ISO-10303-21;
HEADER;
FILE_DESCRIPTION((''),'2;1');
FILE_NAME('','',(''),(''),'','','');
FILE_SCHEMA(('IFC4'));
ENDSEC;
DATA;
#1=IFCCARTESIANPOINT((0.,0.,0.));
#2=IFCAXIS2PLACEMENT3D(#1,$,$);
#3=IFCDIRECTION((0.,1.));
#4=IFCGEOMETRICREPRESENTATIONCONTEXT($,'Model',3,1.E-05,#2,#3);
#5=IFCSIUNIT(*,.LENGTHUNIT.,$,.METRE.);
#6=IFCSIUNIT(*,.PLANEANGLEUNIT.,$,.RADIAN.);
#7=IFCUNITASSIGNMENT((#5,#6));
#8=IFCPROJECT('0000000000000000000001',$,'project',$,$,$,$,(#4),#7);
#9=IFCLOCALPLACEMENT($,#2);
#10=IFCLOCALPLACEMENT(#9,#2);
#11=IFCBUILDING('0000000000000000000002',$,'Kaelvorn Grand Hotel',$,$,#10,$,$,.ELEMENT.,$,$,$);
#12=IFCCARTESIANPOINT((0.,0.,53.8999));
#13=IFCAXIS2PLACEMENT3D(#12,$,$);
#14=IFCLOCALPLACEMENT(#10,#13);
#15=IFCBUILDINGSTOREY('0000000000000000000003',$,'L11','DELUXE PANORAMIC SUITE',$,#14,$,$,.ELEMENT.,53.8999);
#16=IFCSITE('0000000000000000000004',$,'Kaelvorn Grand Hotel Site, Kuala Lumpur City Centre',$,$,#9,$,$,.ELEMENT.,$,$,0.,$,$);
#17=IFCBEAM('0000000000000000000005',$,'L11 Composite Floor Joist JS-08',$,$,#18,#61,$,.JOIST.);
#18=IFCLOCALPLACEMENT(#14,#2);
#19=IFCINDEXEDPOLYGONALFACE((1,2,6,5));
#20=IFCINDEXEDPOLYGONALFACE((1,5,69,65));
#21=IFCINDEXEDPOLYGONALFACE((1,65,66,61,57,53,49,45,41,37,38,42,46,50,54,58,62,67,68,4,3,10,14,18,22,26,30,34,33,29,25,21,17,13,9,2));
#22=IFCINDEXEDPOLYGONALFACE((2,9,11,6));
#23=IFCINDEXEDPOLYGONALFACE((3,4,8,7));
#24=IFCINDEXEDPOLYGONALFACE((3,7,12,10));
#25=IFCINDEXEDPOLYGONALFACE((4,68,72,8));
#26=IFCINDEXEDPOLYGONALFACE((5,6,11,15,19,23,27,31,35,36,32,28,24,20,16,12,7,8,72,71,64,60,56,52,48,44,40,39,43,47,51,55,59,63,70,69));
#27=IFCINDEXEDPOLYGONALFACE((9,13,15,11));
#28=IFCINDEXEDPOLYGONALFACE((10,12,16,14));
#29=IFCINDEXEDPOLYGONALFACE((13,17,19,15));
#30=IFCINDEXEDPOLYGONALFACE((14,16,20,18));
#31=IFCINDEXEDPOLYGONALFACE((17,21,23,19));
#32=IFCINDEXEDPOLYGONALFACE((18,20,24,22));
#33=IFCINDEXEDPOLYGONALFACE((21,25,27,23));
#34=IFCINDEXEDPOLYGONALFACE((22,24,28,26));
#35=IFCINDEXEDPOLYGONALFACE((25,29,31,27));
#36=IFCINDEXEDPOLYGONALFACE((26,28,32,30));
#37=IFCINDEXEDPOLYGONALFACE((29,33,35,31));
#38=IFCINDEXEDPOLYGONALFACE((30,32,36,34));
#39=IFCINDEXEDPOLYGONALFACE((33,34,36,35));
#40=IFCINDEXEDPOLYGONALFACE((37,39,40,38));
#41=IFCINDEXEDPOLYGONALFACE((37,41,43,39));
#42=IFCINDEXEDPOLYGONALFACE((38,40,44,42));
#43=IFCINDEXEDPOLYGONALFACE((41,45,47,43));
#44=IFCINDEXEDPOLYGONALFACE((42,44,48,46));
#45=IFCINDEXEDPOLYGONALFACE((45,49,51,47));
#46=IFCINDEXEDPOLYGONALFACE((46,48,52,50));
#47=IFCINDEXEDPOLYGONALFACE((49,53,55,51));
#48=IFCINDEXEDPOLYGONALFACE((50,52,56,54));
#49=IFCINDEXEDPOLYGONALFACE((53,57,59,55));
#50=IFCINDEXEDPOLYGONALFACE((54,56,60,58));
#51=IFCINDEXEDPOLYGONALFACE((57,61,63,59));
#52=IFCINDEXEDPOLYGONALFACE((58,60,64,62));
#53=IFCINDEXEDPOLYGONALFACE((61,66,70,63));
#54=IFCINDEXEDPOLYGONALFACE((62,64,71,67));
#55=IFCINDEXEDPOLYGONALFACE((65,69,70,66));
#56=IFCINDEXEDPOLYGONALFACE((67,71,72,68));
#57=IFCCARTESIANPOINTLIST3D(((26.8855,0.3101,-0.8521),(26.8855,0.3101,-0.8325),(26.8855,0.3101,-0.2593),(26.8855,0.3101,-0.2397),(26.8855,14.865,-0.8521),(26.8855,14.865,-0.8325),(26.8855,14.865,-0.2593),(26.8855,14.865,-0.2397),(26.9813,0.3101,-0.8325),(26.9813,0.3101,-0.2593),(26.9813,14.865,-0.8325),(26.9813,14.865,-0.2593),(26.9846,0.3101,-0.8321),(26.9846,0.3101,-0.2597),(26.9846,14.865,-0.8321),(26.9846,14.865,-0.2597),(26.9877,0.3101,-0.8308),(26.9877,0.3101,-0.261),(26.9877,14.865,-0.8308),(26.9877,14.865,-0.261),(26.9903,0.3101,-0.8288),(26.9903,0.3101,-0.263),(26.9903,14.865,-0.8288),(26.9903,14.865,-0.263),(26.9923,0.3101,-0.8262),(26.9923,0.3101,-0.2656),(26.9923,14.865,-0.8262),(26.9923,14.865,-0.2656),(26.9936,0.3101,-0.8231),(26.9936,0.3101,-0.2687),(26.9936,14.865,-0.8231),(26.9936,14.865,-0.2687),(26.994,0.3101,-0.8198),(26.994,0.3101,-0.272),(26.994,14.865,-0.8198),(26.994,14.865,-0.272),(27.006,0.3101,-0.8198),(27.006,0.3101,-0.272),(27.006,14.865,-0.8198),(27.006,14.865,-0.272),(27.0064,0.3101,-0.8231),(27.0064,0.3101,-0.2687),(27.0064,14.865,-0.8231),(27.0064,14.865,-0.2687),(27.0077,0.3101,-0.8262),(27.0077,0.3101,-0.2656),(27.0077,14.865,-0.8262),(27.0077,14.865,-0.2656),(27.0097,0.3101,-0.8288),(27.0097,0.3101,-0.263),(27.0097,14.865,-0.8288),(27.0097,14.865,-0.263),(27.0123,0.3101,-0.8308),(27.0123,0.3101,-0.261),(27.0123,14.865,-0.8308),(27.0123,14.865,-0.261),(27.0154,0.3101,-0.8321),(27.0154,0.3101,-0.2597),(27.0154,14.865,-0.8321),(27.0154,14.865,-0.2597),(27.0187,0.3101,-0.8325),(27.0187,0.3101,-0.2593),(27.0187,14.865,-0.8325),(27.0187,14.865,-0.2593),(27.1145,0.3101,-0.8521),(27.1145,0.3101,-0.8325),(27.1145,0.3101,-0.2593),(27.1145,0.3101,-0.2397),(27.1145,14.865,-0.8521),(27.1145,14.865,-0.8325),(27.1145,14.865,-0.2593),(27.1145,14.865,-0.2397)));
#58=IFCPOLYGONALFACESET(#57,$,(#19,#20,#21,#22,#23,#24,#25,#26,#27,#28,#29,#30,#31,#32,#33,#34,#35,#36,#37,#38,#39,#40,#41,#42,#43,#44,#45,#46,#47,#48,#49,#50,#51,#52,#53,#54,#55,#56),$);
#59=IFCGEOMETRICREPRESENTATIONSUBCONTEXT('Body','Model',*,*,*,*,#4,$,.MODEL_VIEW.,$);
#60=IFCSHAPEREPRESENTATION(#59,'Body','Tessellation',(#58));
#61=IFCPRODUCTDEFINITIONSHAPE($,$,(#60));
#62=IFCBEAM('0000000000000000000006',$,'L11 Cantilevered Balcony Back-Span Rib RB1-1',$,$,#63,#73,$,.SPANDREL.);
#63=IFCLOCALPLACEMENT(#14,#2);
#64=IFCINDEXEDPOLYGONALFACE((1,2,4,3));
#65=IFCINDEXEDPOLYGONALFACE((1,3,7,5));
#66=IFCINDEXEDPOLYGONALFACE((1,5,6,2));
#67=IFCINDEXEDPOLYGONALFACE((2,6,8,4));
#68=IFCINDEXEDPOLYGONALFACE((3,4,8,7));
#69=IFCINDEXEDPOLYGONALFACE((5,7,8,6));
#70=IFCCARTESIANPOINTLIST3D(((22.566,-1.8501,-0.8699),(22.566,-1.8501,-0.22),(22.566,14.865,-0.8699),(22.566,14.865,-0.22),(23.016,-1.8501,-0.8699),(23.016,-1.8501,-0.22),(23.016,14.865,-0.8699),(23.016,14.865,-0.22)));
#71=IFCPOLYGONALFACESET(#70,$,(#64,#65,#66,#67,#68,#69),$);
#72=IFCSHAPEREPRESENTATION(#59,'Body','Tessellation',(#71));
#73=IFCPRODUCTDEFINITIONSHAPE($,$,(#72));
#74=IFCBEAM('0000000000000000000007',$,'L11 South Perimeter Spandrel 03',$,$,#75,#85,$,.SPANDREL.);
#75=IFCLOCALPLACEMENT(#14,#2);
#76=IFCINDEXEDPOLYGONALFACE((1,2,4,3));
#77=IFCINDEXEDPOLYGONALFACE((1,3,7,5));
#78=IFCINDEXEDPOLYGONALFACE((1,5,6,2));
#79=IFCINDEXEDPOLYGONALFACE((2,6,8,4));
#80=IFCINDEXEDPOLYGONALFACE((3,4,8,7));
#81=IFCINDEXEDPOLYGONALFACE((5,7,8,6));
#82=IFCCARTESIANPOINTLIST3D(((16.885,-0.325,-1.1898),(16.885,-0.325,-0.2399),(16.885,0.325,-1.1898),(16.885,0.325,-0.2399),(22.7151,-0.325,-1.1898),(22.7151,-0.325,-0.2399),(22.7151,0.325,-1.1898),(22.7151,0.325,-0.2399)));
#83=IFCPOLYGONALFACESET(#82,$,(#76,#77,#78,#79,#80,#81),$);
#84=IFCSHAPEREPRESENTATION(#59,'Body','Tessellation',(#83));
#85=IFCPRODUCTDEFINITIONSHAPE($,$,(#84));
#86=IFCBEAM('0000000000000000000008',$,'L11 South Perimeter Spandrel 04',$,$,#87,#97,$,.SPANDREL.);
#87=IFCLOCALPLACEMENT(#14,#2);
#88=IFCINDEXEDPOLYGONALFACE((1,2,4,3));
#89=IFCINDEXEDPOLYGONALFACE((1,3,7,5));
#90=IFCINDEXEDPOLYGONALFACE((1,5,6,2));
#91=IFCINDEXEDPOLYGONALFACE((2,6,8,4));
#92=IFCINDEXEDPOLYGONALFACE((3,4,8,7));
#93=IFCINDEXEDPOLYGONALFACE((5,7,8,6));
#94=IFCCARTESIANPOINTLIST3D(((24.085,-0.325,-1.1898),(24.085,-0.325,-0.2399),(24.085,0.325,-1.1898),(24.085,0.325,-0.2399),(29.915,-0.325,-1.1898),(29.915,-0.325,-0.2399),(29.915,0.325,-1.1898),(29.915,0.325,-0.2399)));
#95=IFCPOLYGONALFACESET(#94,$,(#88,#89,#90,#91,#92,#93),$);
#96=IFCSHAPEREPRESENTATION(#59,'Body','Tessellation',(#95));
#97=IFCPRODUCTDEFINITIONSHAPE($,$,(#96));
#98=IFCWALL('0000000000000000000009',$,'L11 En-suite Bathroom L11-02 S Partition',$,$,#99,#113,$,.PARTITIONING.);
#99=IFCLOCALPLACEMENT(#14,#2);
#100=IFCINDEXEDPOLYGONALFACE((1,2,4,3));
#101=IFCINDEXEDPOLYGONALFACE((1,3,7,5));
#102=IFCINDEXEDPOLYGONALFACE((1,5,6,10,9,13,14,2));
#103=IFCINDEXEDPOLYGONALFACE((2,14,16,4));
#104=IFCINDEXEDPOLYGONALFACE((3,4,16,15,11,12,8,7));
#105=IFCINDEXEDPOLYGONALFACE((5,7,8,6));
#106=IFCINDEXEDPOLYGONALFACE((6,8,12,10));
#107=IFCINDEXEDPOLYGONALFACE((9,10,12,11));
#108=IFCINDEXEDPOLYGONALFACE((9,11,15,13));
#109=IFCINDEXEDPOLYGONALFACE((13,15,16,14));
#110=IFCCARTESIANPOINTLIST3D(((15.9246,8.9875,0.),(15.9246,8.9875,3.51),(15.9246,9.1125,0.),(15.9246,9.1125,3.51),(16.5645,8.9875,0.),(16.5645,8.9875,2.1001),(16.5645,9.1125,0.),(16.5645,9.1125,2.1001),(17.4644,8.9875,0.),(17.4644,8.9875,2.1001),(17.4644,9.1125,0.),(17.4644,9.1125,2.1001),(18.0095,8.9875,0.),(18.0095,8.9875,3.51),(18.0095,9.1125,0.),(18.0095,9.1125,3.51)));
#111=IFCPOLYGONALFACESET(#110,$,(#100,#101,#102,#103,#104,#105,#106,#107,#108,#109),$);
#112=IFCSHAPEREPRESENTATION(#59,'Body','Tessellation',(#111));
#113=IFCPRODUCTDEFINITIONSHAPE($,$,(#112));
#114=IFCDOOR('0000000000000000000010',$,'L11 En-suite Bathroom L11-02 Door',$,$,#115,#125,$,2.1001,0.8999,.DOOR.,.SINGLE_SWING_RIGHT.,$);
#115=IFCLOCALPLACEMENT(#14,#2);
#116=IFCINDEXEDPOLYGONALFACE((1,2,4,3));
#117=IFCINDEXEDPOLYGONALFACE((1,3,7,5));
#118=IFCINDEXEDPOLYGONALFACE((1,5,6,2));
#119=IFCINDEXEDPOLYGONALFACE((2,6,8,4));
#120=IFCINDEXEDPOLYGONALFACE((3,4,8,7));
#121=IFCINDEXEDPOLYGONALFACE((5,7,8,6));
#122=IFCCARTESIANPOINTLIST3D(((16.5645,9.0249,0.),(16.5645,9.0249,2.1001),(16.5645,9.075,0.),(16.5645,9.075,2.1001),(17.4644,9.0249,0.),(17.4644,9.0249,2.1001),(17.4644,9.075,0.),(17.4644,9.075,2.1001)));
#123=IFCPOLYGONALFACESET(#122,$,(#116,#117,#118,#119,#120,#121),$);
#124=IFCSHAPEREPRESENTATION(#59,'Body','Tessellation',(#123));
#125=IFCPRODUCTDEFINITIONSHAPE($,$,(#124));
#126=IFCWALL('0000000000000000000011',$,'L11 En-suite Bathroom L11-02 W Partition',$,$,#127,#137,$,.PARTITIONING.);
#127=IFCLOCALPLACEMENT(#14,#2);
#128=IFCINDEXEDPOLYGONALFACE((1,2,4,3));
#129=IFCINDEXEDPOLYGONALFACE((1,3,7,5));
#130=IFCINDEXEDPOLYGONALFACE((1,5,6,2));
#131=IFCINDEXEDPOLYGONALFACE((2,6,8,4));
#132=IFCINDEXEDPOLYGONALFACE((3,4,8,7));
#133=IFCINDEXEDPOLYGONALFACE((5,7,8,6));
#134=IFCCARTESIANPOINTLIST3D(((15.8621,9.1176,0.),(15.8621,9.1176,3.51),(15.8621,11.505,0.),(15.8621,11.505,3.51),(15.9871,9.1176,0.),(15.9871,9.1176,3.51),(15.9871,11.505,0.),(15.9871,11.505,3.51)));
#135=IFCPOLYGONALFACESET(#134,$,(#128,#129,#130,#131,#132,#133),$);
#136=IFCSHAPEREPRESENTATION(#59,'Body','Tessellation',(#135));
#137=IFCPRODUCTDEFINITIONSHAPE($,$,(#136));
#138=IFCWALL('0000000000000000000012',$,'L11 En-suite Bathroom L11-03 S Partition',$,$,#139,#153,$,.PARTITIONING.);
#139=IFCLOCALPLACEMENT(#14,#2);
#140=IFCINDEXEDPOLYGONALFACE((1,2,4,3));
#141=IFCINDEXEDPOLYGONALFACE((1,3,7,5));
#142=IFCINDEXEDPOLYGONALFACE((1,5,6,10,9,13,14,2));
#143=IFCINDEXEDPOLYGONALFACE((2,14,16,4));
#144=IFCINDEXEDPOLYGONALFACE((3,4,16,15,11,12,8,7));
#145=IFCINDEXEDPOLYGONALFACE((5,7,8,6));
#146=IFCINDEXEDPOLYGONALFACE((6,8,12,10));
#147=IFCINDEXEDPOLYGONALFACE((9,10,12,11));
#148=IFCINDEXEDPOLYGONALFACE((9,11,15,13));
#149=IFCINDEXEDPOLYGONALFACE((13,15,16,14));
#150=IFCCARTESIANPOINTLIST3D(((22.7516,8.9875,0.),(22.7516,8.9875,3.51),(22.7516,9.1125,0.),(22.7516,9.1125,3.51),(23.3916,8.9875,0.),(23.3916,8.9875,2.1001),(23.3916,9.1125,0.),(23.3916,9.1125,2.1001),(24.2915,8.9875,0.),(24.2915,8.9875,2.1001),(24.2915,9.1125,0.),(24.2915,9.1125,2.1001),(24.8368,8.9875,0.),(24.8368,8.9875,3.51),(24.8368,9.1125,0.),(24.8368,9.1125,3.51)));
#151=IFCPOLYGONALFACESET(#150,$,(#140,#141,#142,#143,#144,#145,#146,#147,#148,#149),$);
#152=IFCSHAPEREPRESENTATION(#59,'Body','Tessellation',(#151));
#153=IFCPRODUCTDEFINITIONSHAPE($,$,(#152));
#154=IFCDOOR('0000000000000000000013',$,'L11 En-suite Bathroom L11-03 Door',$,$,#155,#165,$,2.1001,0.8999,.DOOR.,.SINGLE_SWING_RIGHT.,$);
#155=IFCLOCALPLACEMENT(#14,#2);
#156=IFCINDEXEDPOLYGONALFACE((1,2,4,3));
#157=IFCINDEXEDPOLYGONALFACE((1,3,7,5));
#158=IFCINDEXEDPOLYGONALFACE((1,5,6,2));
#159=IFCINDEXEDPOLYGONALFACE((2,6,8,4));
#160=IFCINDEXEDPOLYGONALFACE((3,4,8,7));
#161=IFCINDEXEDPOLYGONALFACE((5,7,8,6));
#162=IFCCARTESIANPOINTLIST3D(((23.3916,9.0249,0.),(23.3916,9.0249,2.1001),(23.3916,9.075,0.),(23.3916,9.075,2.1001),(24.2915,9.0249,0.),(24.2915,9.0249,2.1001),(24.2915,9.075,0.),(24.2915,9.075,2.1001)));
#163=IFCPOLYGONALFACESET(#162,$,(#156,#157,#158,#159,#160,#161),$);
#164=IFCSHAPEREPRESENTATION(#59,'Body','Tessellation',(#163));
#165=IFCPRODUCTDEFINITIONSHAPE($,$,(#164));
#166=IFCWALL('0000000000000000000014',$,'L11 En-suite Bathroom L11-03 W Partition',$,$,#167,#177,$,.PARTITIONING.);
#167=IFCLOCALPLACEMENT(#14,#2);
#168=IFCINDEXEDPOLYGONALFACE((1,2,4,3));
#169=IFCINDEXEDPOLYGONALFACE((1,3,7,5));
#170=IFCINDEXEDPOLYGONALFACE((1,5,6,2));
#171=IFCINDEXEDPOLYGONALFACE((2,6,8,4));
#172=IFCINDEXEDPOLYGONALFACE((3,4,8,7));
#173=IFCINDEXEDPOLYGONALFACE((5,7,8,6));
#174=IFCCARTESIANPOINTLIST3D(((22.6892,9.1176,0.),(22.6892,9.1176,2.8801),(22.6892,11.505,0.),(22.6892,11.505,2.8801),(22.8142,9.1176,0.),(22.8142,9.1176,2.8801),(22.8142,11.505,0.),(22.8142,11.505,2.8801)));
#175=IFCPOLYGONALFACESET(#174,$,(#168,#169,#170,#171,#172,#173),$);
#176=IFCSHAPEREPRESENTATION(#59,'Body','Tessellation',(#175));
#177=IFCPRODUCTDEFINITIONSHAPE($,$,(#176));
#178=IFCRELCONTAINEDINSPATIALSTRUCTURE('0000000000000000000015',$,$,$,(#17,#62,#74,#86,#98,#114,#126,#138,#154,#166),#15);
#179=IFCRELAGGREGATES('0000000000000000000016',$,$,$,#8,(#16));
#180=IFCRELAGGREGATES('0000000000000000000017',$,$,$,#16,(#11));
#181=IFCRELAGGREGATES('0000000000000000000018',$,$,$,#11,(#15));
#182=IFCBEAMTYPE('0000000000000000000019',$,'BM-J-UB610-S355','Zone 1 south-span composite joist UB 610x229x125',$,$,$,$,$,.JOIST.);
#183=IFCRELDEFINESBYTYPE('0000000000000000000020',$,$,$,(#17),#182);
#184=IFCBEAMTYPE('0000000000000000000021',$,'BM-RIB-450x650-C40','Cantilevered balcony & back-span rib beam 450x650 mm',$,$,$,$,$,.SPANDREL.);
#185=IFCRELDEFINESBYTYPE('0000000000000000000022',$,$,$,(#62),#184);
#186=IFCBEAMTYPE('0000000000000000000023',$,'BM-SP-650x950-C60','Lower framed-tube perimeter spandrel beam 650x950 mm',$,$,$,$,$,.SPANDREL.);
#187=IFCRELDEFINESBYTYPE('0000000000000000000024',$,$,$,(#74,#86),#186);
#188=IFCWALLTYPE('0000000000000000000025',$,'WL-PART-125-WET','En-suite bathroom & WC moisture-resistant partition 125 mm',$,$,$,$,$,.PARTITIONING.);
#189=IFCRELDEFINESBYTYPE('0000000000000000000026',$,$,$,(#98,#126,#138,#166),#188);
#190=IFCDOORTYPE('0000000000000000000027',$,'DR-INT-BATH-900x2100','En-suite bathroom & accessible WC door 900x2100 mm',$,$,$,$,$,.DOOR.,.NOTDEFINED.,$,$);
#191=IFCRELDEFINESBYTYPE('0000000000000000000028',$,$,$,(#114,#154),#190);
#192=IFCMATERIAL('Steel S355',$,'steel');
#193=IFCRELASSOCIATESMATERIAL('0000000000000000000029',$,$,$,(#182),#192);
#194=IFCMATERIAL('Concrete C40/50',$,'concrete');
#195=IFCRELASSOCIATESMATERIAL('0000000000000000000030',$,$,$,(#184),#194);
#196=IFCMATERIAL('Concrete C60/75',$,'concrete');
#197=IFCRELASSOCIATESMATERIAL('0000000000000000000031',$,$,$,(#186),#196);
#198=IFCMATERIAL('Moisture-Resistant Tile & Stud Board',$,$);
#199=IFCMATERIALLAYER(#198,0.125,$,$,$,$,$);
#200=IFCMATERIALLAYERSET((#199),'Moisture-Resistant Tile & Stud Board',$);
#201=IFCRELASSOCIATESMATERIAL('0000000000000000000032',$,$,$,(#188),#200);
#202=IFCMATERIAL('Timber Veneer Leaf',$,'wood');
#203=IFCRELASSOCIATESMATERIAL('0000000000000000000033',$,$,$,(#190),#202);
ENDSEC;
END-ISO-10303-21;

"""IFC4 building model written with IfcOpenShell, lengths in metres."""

from ifc_helpers import new_model, si_unit, direction, frame, frame_2d, origin, origin_2d, place, context, subcontext, project, spatial, rectangle, i_section, extrude, material, layer, layer_set, material_profile, profile_set, type_object, element, fill, save


model = new_model("IFC4")

# Units and contexts
model_context = context("Model", 3, precision=1e-05, world=origin(), true_north=direction((0.0, 1.0)))
body_context = subcontext(model_context, "Body", "Model", "MODEL_VIEW")
ifc_project = project(units=[si_unit("LENGTHUNIT", "METRE"), si_unit("PLANEANGLEUNIT", "RADIAN")], contexts=[model_context])

# Site, building, storey
site_placement = place(None, origin())
site = spatial("IfcSite", under=ifc_project, at=site_placement, Name="Kaelvorn Grand Hotel Site, Kuala Lumpur City Centre", CompositionType="ELEMENT", RefElevation=0.0)
building_placement = place(site_placement, origin())
building = spatial("IfcBuilding", under=site, at=building_placement, Name="Kaelvorn Grand Hotel", CompositionType="ELEMENT")
storey_placement = place(building_placement, frame((0.0, 0.0, 53.8999)))
storey = spatial("IfcBuildingStorey", under=building, at=storey_placement, Name="L11", Description="DELUXE PANORAMIC SUITE", CompositionType="ELEMENT", Elevation=53.8999)

# Beams
ifc_material_1 = material(Name="Steel S355", Category="steel")
ifc_material_profile_1 = material_profile(ifc_material_1, i_section(OverallWidth=0.229, OverallDepth=0.6123, WebThickness=0.012, FlangeThickness=0.0195, FilletRadius=0.0127, at=origin_2d()), Name="UB 610x229x125")
ifc_profile_set_1 = profile_set([ifc_material_profile_1], Name="Steel S355")
beam_type_1 = type_object("IfcBeamType", Name="BM-J-UB610-S355", Description="Zone 1 south-span composite joist UB 610x229x125", PredefinedType="JOIST", material=ifc_profile_set_1)
for number, where, z_axis, x_axis, name in (
    (1, (27.0, 0.3101, -0.5459), (0.0, 1.0, 0.0), (-1.0, 0.0, 0.0), "L11 Composite Floor Joist JS-08"),
):
    element("IfcBeam", number, at=place(storey_placement, frame(where, z_axis=z_axis, x_axis=x_axis)), inside=storey, type_object=beam_type_1, Name=name, PredefinedType="JOIST", context=body_context, shape_type="SweptSolid", body=[
        extrude(i_section(OverallWidth=0.229, OverallDepth=0.6123, WebThickness=0.012, FlangeThickness=0.0195, FilletRadius=0.0127, at=origin_2d()), origin(), (0.0, 0.0, 1.0), 14.5549),
    ])
ifc_material_2 = material(Name="Concrete C40/50", Category="concrete")
ifc_material_profile_2 = material_profile(ifc_material_2, rectangle(XDim=0.45, YDim=0.6499, at=origin_2d()), Name="RC RIB 450x650")
ifc_profile_set_2 = profile_set([ifc_material_profile_2], Name="Concrete C40/50")
beam_type_2 = type_object("IfcBeamType", Name="BM-RIB-450x650-C40", Description="Cantilevered balcony & back-span rib beam 450x650 mm", PredefinedType="SPANDREL", material=ifc_profile_set_2)
beam_1_placement = place(storey_placement, frame((22.791, -1.8501, -0.5449), z_axis=(0.0, 1.0, 0.0), x_axis=(-1.0, 0.0, 0.0)))
element("IfcBeam", 2, at=beam_1_placement, inside=storey, type_object=beam_type_2, Name="L11 Cantilevered Balcony Back-Span Rib RB1-1", PredefinedType="SPANDREL", context=body_context, shape_type="SweptSolid", body=[
    extrude(rectangle(XDim=0.45, YDim=0.6499, at=origin_2d()), origin(), (0.0, 0.0, 1.0), 16.7151),
])
ifc_material_3 = material(Name="Concrete C60/75", Category="concrete")
ifc_material_profile_3 = material_profile(ifc_material_3, rectangle(XDim=0.6499, YDim=0.95, at=origin_2d()), Name="RC SPANDREL 650x950")
ifc_profile_set_3 = profile_set([ifc_material_profile_3], Name="Concrete C60/75")
beam_type_3 = type_object("IfcBeamType", Name="BM-SP-650x950-C60", Description="Lower framed-tube perimeter spandrel beam 650x950 mm", PredefinedType="SPANDREL", material=ifc_profile_set_3)
for number, where, z_axis, x_axis, name in (
    (3, (16.885, 0.0, -0.7148), (1.0, 0.0, 0.0), (0.0, 1.0, 0.0), "L11 South Perimeter Spandrel 03"),
    (4, (24.085, 0.0, -0.7148), (1.0, 0.0, 0.0), (0.0, 1.0, 0.0), "L11 South Perimeter Spandrel 04"),
):
    element("IfcBeam", number, at=place(storey_placement, frame(where, z_axis=z_axis, x_axis=x_axis)), inside=storey, type_object=beam_type_3, Name=name, PredefinedType="SPANDREL", context=body_context, shape_type="SweptSolid", body=[
        extrude(rectangle(XDim=0.6499, YDim=0.95, at=origin_2d()), origin(), (0.0, 0.0, 1.0), 5.8301),
    ])

# Wall, opening, door
ifc_material_4 = material(Name="Moisture-Resistant Tile & Stud Board")
ifc_layer_1 = layer(ifc_material_4, 0.125)
ifc_layer_set_1 = layer_set([ifc_layer_1], Name="Moisture-Resistant Tile & Stud Board")
wall_type_1 = type_object("IfcWallType", Name="WL-PART-125-WET", Description="En-suite bathroom & WC moisture-resistant partition 125 mm", PredefinedType="PARTITIONING", material=ifc_layer_set_1)
wall_1_placement = place(storey_placement, frame((15.9246, 9.05, 0.0), z_axis=(0.0, 0.0, 1.0), x_axis=(1.0, 0.0, 0.0)))
wall_1 = element("IfcWall", 5, at=wall_1_placement, inside=storey, type_object=wall_type_1, Name="L11 En-suite Bathroom L11-02 S Partition", PredefinedType="PARTITIONING", context=body_context, shape_type="SweptSolid", body=[
    extrude(rectangle(XDim=2.085, YDim=0.125, at=frame_2d((1.0425, 0.0))), origin(), (0.0, 0.0, 1.0), 3.51),
])
opening_1_placement = place(wall_1_placement, frame((0.6399, 0.0, 0.0)))
opening_1 = element("IfcOpeningElement", 6, at=opening_1_placement, cuts=wall_1, PredefinedType="OPENING", context=body_context, shape_type="SweptSolid", body=[
    extrude(rectangle(XDim=0.8999, YDim=2.1001, at=frame_2d((0.45, 1.05))), frame((0.0, 0.0725, 0.0), z_axis=(0.0, -1.0, 0.0), x_axis=(1.0, 0.0, 0.0)), (0.0, 0.0, 1.0), 0.145),
])
ifc_material_5 = material(Name="Timber Veneer Leaf", Category="wood")
door_type_1 = type_object("IfcDoorType", Name="DR-INT-BATH-900x2100", Description="En-suite bathroom & accessible WC door 900x2100 mm", OperationType="NOTDEFINED", PredefinedType="DOOR", material=ifc_material_5)
door_1_placement = place(opening_1_placement, origin())
door_1 = element("IfcDoor", 7, at=door_1_placement, inside=storey, type_object=door_type_1, Name="L11 En-suite Bathroom L11-02 Door", OperationType="SINGLE_SWING_RIGHT", OverallHeight=2.1001, OverallWidth=0.8999, PredefinedType="DOOR", context=body_context, shape_type="SweptSolid", body=[
    extrude(rectangle(XDim=0.8999, YDim=2.1001, at=frame_2d((0.45, 1.05))), frame((0.0, 0.0249, 0.0), z_axis=(0.0, -1.0, 0.0), x_axis=(1.0, 0.0, 0.0)), (0.0, 0.0, 1.0), 0.05),
])
fill(opening_1, door_1)

# Wall
wall_2_placement = place(storey_placement, frame((15.9246, 9.1174, 0.0), z_axis=(0.0, 0.0, 1.0), x_axis=(0.0, 1.0, 0.0)))
element("IfcWall", 8, at=wall_2_placement, inside=storey, type_object=wall_type_1, Name="L11 En-suite Bathroom L11-02 W Partition", PredefinedType="PARTITIONING", context=body_context, shape_type="SweptSolid", body=[
    extrude(rectangle(XDim=2.3875, YDim=0.125, at=frame_2d((1.1938, 0.0))), origin(), (0.0, 0.0, 1.0), 3.51),
])

# Wall, opening, door
wall_3_placement = place(storey_placement, frame((22.7517, 9.05, 0.0), z_axis=(0.0, 0.0, 1.0), x_axis=(1.0, 0.0, 0.0)))
wall_3 = element("IfcWall", 9, at=wall_3_placement, inside=storey, type_object=wall_type_1, Name="L11 En-suite Bathroom L11-03 S Partition", PredefinedType="PARTITIONING", context=body_context, shape_type="SweptSolid", body=[
    extrude(rectangle(XDim=2.0852, YDim=0.125, at=frame_2d((1.0425, 0.0))), origin(), (0.0, 0.0, 1.0), 3.51),
])
opening_2_placement = place(wall_3_placement, frame((0.6399, 0.0, 0.0)))
opening_2 = element("IfcOpeningElement", 10, at=opening_2_placement, cuts=wall_3, PredefinedType="OPENING", context=body_context, shape_type="SweptSolid", body=[
    extrude(rectangle(XDim=0.8999, YDim=2.1001, at=frame_2d((0.45, 1.05))), frame((0.0, 0.0725, 0.0), z_axis=(0.0, -1.0, 0.0), x_axis=(1.0, 0.0, 0.0)), (0.0, 0.0, 1.0), 0.145),
])
door_2_placement = place(opening_2_placement, origin())
door_2 = element("IfcDoor", 11, at=door_2_placement, inside=storey, type_object=door_type_1, Name="L11 En-suite Bathroom L11-03 Door", OperationType="SINGLE_SWING_RIGHT", OverallHeight=2.1001, OverallWidth=0.8999, PredefinedType="DOOR", context=body_context, shape_type="SweptSolid", body=[
    extrude(rectangle(XDim=0.8999, YDim=2.1001, at=frame_2d((0.45, 1.05))), frame((0.0, 0.0249, 0.0), z_axis=(0.0, -1.0, 0.0), x_axis=(1.0, 0.0, 0.0)), (0.0, 0.0, 1.0), 0.05),
])
fill(opening_2, door_2)

# Wall
wall_4_placement = place(storey_placement, frame((22.7517, 9.1174, 0.0), z_axis=(0.0, 0.0, 1.0), x_axis=(0.0, 1.0, 0.0)))
element("IfcWall", 12, at=wall_4_placement, inside=storey, type_object=wall_type_1, Name="L11 En-suite Bathroom L11-03 W Partition", PredefinedType="PARTITIONING", context=body_context, shape_type="SweptSolid", body=[
    extrude(rectangle(XDim=2.3875, YDim=0.125, at=frame_2d((1.1938, 0.0))), origin(), (0.0, 0.0, 1.0), 2.8801),
])

save(model, "model.ifc")
